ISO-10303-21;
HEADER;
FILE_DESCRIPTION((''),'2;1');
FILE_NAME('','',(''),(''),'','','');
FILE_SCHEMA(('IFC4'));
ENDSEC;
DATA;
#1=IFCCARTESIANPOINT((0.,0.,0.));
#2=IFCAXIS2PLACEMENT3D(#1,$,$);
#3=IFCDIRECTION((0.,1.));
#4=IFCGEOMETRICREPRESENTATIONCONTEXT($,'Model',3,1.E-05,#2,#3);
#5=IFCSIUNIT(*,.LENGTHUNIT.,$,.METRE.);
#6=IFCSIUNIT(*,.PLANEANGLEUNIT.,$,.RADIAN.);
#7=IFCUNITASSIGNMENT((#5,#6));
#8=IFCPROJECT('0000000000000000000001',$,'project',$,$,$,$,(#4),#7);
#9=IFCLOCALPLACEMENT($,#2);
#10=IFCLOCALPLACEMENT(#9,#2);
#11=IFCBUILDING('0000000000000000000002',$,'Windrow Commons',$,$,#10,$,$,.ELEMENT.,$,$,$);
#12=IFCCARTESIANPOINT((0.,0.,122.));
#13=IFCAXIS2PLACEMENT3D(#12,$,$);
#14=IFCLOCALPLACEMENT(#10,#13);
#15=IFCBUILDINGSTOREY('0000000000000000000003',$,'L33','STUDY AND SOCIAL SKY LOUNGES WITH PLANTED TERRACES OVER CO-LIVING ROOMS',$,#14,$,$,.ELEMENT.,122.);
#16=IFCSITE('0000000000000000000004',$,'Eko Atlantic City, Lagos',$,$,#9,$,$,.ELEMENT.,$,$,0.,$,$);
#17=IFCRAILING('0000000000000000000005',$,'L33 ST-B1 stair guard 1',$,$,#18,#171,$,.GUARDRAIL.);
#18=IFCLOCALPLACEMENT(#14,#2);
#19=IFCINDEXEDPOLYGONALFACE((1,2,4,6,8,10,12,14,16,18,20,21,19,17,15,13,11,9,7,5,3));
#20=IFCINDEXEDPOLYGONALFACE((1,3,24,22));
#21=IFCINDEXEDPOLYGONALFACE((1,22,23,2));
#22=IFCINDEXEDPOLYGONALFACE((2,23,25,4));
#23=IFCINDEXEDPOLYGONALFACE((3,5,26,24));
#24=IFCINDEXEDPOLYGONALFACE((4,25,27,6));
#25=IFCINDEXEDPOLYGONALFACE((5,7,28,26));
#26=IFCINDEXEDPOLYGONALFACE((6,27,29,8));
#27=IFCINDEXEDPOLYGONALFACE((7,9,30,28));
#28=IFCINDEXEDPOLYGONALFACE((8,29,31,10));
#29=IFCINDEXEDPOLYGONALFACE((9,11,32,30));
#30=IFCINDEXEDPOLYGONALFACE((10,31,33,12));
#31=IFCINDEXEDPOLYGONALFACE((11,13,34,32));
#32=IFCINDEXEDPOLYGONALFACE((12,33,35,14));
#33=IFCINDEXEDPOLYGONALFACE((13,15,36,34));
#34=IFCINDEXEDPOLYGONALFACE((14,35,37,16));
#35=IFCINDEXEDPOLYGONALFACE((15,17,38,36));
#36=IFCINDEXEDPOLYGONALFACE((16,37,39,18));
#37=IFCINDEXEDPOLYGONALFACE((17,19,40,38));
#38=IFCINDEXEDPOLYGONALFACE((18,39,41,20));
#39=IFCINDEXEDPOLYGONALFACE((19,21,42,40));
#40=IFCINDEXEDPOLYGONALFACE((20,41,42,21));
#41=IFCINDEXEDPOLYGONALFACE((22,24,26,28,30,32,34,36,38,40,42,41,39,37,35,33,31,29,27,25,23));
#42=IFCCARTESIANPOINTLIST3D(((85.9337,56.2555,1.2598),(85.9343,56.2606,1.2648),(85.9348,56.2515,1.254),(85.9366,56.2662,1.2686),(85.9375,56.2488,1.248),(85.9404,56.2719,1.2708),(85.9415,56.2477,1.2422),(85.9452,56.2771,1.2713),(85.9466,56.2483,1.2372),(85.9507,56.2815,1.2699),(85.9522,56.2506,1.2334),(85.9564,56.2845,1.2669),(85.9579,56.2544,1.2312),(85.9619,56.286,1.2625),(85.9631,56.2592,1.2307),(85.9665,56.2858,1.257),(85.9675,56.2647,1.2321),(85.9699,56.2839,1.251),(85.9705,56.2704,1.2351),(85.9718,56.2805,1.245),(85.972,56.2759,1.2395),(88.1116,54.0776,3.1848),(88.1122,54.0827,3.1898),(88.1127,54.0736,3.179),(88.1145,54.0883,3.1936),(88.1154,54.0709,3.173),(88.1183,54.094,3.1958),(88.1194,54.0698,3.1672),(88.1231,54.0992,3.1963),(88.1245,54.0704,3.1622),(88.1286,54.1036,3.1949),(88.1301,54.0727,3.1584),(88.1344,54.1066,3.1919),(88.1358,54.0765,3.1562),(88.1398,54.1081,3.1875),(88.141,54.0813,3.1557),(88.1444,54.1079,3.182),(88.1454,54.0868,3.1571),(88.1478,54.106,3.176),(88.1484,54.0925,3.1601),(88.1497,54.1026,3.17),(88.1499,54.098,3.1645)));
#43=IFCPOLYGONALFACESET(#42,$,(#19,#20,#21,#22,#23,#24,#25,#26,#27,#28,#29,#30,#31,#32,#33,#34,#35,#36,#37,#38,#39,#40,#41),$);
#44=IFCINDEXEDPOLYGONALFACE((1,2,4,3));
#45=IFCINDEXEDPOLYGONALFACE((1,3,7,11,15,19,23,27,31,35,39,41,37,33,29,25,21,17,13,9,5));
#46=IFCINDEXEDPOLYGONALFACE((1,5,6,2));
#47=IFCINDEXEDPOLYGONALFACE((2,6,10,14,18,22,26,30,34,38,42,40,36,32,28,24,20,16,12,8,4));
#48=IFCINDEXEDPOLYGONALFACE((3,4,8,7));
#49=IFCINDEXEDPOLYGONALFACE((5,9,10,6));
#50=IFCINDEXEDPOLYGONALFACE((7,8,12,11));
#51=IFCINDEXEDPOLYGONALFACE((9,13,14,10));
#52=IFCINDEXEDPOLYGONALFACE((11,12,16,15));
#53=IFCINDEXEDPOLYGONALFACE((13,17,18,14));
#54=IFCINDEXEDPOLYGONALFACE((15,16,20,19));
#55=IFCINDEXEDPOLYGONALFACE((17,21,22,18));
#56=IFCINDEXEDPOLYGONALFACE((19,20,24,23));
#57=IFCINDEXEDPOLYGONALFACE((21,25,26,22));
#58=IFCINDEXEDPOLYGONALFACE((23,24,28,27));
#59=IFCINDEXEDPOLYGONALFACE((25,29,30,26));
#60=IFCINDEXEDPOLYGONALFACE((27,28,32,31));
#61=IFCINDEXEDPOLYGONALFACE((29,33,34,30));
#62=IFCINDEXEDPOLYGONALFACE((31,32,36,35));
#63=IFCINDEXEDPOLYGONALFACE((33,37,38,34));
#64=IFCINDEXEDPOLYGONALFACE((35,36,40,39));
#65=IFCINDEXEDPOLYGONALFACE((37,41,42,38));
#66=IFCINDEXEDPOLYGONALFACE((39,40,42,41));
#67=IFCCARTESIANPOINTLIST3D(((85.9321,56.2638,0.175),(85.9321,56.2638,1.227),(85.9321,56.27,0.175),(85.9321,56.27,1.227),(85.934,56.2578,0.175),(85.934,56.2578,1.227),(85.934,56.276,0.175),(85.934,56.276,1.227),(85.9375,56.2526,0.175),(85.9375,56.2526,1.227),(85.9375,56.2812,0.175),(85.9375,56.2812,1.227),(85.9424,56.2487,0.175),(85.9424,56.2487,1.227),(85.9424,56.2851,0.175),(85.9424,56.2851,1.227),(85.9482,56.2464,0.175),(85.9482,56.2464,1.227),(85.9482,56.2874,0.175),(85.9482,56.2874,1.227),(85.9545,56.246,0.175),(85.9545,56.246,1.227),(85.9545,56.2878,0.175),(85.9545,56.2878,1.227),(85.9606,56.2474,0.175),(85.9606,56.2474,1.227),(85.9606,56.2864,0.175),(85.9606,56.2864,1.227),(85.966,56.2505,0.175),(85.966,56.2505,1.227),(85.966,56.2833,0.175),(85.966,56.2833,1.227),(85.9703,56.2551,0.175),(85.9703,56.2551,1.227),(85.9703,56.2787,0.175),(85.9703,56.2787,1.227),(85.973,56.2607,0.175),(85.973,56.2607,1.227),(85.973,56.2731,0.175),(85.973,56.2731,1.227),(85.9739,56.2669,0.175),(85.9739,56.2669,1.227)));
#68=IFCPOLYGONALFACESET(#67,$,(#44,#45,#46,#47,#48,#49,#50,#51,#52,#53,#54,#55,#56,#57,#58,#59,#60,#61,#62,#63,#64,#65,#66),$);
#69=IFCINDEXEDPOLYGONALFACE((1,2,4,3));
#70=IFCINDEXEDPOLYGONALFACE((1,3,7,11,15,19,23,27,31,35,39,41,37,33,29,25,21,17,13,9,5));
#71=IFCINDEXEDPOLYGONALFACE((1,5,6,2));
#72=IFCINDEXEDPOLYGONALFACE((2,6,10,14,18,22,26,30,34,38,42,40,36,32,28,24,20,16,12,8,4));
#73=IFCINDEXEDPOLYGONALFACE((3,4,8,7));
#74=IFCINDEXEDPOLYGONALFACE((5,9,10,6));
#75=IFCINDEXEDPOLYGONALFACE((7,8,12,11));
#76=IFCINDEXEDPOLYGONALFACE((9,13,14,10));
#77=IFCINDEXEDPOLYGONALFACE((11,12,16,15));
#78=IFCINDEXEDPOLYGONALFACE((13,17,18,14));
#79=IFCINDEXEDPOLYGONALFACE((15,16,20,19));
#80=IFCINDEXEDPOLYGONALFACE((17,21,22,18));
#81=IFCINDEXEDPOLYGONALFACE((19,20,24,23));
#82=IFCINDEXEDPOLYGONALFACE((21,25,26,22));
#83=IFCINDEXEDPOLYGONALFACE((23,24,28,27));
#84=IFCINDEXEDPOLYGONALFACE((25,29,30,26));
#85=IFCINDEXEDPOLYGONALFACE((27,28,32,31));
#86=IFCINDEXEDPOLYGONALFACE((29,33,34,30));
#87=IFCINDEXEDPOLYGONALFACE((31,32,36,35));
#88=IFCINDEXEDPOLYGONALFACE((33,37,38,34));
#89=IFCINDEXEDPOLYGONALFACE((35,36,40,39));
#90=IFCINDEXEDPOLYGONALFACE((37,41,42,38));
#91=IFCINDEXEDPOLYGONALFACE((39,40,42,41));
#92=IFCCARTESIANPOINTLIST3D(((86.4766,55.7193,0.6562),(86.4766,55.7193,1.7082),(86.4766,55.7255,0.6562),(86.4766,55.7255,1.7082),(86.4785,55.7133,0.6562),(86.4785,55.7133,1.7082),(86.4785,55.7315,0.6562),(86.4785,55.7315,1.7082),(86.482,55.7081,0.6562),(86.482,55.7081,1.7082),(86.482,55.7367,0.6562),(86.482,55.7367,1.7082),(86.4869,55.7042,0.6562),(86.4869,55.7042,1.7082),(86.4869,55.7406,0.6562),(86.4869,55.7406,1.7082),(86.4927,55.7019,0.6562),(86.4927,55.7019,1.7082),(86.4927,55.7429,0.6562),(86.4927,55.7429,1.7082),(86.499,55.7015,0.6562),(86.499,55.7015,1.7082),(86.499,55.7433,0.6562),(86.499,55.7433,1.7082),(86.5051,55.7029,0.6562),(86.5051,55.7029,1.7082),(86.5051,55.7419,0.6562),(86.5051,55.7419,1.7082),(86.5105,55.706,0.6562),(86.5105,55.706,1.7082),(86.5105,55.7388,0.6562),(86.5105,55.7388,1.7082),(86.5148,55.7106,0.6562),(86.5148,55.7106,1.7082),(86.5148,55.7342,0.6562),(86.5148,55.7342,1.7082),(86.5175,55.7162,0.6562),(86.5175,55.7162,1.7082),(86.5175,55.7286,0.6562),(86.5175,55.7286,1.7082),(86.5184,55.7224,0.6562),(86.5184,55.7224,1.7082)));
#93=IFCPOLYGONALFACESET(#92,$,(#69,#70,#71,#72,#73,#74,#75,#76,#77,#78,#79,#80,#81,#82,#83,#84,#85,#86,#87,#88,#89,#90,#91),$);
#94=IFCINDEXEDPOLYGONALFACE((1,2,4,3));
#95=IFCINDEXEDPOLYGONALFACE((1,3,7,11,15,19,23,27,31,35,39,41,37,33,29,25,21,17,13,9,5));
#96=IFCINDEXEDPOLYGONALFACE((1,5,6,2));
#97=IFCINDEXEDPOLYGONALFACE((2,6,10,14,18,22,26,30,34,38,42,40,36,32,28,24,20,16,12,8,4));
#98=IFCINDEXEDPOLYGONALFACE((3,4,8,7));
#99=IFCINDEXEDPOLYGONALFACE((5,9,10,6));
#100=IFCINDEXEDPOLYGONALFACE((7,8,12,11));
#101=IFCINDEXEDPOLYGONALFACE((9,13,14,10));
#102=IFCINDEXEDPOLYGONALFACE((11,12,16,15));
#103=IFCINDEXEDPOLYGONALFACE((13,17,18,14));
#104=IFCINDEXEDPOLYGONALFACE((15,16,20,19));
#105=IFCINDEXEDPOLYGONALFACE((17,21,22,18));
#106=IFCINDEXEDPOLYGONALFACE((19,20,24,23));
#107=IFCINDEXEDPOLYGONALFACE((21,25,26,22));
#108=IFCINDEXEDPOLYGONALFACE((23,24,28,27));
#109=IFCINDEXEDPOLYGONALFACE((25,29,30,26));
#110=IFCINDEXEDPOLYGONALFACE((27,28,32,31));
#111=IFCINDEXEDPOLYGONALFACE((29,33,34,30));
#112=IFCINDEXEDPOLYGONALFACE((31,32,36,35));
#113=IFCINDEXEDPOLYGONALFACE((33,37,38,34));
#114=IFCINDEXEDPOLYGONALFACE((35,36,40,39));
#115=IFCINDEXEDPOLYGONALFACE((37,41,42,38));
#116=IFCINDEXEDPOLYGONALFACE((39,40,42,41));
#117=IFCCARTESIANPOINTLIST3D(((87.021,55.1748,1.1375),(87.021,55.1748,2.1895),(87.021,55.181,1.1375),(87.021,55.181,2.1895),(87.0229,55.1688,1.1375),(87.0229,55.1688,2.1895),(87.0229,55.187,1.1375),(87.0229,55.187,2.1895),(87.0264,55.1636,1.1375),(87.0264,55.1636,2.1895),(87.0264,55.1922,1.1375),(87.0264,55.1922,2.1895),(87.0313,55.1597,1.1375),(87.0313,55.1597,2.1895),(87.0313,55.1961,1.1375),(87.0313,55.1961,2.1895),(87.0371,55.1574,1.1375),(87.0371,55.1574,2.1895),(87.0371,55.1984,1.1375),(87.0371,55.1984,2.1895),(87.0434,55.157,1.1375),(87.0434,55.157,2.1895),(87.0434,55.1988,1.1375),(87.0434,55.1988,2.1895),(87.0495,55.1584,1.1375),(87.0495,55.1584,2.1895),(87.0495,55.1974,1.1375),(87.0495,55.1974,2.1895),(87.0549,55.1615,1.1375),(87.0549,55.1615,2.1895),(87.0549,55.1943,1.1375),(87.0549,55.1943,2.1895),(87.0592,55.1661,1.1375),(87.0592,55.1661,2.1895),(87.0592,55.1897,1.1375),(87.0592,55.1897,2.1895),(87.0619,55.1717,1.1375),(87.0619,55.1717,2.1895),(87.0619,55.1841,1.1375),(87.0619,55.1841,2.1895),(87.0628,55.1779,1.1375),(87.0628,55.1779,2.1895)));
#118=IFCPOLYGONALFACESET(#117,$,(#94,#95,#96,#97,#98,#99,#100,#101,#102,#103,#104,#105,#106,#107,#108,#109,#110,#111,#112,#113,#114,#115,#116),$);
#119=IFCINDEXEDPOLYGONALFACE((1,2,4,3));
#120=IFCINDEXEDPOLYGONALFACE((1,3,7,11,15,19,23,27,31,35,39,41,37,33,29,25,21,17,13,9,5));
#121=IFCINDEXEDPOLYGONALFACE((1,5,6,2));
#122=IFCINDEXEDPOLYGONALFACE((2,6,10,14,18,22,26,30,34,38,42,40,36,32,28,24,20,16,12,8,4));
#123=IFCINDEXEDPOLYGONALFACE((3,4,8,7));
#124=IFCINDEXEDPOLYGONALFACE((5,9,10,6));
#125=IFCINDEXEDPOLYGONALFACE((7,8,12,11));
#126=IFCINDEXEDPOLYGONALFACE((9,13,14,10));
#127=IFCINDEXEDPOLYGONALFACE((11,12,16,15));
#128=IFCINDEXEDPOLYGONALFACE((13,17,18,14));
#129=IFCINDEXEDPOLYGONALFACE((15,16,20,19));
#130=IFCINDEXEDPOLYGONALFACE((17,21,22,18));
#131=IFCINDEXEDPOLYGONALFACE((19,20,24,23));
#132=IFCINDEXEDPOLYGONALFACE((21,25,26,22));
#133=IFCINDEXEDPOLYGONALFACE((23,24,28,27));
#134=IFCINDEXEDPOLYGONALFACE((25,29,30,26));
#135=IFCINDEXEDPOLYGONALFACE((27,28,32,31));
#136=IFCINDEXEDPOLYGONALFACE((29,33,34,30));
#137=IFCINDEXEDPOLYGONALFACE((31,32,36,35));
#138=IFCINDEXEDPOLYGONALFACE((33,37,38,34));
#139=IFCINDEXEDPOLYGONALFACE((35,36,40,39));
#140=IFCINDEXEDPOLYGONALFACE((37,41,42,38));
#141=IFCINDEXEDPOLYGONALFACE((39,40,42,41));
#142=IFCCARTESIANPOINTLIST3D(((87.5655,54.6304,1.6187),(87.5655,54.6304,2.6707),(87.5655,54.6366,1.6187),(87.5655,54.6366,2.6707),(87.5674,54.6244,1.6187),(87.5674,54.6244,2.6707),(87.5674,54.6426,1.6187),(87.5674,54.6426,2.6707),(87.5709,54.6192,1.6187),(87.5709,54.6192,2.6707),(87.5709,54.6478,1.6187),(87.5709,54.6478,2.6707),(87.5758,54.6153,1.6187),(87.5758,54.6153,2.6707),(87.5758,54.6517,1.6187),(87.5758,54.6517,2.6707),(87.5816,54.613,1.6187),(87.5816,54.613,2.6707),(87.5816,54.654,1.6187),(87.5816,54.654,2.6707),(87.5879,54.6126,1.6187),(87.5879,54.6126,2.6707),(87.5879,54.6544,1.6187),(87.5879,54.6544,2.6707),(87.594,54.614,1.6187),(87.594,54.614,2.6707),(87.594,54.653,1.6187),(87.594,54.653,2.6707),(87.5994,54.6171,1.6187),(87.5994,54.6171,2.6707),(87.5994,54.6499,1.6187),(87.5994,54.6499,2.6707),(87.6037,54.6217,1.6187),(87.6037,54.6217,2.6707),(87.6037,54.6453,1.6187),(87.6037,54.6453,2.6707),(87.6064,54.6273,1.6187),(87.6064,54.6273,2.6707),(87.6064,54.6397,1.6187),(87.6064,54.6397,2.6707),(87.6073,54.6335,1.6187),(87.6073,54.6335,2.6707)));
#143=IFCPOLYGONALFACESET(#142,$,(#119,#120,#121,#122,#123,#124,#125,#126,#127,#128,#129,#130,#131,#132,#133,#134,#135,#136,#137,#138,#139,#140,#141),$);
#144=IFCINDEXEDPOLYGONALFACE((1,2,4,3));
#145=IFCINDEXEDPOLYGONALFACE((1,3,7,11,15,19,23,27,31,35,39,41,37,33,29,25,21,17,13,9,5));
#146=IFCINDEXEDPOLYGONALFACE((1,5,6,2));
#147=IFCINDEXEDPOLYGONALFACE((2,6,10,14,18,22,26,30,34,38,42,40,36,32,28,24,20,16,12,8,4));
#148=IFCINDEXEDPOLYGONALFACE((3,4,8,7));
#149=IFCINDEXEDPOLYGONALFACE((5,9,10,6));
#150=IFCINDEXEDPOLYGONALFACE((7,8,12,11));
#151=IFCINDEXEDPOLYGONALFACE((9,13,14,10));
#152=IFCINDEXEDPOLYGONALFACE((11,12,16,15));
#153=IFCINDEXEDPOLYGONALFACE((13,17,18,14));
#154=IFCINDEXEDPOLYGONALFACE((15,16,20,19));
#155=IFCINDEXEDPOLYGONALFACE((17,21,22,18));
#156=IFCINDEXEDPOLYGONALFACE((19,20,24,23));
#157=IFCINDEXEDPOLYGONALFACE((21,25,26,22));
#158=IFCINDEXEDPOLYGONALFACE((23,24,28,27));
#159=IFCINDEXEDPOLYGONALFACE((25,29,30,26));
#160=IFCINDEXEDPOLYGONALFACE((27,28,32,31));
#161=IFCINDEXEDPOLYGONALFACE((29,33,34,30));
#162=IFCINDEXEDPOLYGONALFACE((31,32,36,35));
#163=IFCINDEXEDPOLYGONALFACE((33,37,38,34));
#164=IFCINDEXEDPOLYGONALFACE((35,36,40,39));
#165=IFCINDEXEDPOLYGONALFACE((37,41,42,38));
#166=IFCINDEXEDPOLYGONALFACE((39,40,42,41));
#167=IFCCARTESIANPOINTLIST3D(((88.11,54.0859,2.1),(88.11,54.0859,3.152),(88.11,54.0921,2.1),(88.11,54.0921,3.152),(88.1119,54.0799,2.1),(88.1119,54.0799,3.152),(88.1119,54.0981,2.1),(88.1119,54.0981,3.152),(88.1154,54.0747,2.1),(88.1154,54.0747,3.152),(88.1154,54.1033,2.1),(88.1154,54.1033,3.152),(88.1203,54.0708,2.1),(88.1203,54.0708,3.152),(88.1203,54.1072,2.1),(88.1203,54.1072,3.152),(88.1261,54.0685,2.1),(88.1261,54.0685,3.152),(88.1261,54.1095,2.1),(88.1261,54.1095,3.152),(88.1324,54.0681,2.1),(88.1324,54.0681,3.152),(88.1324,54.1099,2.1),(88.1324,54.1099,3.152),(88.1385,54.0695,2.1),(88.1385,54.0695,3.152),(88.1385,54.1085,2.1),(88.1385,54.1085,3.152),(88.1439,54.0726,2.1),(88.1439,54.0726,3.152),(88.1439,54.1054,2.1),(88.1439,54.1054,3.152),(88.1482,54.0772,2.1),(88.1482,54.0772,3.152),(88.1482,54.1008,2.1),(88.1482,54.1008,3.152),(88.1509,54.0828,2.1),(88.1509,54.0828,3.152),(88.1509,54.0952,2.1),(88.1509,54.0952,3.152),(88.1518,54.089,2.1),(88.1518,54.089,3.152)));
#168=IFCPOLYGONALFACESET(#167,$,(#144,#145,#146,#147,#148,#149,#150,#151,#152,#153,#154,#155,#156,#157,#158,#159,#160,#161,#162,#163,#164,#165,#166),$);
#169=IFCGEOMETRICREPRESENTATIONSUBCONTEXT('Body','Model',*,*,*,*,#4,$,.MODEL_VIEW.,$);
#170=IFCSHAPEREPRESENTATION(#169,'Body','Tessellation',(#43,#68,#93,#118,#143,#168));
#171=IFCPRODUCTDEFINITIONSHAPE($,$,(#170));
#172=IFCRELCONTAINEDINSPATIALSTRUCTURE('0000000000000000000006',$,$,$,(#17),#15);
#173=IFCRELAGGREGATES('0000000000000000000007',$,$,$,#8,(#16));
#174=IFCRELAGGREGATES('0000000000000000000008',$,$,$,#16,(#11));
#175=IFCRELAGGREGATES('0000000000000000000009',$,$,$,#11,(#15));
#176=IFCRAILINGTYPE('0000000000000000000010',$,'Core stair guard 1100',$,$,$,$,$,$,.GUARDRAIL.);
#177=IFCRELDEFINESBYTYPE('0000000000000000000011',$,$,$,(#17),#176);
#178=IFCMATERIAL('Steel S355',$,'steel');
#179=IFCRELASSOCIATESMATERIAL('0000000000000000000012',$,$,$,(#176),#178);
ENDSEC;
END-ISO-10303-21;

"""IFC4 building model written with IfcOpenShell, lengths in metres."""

from ifc_helpers import new_model, si_unit, direction, frame, origin, origin_2d, place, context, subcontext, project, spatial, circle, extrude, material, type_object, element, save


model = new_model("IFC4")

# Units and contexts
model_context = context("Model", 3, precision=1e-05, world=origin(), true_north=direction((0.0, 1.0)))
body_context = subcontext(model_context, "Body", "Model", "MODEL_VIEW")
ifc_project = project(units=[si_unit("LENGTHUNIT", "METRE"), si_unit("PLANEANGLEUNIT", "RADIAN")], contexts=[model_context])

# Site, building, storey
site_placement = place(None, origin())
site = spatial("IfcSite", under=ifc_project, at=site_placement, Name="Eko Atlantic City, Lagos", CompositionType="ELEMENT", RefElevation=0.0)
building_placement = place(site_placement, origin())
building = spatial("IfcBuilding", under=site, at=building_placement, Name="Windrow Commons", CompositionType="ELEMENT")
storey_placement = place(building_placement, frame((0.0, 0.0, 122.0)))
storey = spatial("IfcBuildingStorey", under=building, at=storey_placement, Name="L33", Description="STUDY AND SOCIAL SKY LOUNGES WITH PLANTED TERRACES OVER CO-LIVING ROOMS", CompositionType="ELEMENT", Elevation=122.0)

# Railing
ifc_material_1 = material(Name="Steel S355", Category="steel")
railing_type_1 = type_object("IfcRailingType", Name="Core stair guard 1100", PredefinedType="GUARDRAIL", material=ifc_material_1)
railing_1_placement = place(storey_placement, frame((85.9529, 56.2669, 0.175)))
element("IfcRailing", 1, at=railing_1_placement, inside=storey, type_object=railing_type_1, Name="L33 ST-B1 stair guard 1", PredefinedType="GUARDRAIL", context=body_context, shape_type="SweptSolid", body=[
    extrude(circle(Radius=0.024, at=origin_2d()), frame((0.0, 0.0, 1.076), z_axis=(0.599626, -0.599626, 0.529997), x_axis=(0.707107, 0.707107, 0.0)), (0.0, 0.0, 1.0), 3.6321),
    extrude(circle(Radius=0.021, at=origin_2d()), origin(), (0.0, 0.0, 1.0), 1.052),
    extrude(circle(Radius=0.021, at=origin_2d()), frame((0.5445, -0.5445, 0.4812)), (0.0, 0.0, 1.0), 1.052),
    extrude(circle(Radius=0.021, at=origin_2d()), frame((1.0889, -1.089, 0.9625)), (0.0, 0.0, 1.0), 1.052),
    extrude(circle(Radius=0.021, at=origin_2d()), frame((1.6334, -1.6334, 1.4437)), (0.0, 0.0, 1.0), 1.052),
    extrude(circle(Radius=0.021, at=origin_2d()), frame((2.1779, -2.1779, 1.925)), (0.0, 0.0, 1.0), 1.052),
])

save(model, "model.ifc")
